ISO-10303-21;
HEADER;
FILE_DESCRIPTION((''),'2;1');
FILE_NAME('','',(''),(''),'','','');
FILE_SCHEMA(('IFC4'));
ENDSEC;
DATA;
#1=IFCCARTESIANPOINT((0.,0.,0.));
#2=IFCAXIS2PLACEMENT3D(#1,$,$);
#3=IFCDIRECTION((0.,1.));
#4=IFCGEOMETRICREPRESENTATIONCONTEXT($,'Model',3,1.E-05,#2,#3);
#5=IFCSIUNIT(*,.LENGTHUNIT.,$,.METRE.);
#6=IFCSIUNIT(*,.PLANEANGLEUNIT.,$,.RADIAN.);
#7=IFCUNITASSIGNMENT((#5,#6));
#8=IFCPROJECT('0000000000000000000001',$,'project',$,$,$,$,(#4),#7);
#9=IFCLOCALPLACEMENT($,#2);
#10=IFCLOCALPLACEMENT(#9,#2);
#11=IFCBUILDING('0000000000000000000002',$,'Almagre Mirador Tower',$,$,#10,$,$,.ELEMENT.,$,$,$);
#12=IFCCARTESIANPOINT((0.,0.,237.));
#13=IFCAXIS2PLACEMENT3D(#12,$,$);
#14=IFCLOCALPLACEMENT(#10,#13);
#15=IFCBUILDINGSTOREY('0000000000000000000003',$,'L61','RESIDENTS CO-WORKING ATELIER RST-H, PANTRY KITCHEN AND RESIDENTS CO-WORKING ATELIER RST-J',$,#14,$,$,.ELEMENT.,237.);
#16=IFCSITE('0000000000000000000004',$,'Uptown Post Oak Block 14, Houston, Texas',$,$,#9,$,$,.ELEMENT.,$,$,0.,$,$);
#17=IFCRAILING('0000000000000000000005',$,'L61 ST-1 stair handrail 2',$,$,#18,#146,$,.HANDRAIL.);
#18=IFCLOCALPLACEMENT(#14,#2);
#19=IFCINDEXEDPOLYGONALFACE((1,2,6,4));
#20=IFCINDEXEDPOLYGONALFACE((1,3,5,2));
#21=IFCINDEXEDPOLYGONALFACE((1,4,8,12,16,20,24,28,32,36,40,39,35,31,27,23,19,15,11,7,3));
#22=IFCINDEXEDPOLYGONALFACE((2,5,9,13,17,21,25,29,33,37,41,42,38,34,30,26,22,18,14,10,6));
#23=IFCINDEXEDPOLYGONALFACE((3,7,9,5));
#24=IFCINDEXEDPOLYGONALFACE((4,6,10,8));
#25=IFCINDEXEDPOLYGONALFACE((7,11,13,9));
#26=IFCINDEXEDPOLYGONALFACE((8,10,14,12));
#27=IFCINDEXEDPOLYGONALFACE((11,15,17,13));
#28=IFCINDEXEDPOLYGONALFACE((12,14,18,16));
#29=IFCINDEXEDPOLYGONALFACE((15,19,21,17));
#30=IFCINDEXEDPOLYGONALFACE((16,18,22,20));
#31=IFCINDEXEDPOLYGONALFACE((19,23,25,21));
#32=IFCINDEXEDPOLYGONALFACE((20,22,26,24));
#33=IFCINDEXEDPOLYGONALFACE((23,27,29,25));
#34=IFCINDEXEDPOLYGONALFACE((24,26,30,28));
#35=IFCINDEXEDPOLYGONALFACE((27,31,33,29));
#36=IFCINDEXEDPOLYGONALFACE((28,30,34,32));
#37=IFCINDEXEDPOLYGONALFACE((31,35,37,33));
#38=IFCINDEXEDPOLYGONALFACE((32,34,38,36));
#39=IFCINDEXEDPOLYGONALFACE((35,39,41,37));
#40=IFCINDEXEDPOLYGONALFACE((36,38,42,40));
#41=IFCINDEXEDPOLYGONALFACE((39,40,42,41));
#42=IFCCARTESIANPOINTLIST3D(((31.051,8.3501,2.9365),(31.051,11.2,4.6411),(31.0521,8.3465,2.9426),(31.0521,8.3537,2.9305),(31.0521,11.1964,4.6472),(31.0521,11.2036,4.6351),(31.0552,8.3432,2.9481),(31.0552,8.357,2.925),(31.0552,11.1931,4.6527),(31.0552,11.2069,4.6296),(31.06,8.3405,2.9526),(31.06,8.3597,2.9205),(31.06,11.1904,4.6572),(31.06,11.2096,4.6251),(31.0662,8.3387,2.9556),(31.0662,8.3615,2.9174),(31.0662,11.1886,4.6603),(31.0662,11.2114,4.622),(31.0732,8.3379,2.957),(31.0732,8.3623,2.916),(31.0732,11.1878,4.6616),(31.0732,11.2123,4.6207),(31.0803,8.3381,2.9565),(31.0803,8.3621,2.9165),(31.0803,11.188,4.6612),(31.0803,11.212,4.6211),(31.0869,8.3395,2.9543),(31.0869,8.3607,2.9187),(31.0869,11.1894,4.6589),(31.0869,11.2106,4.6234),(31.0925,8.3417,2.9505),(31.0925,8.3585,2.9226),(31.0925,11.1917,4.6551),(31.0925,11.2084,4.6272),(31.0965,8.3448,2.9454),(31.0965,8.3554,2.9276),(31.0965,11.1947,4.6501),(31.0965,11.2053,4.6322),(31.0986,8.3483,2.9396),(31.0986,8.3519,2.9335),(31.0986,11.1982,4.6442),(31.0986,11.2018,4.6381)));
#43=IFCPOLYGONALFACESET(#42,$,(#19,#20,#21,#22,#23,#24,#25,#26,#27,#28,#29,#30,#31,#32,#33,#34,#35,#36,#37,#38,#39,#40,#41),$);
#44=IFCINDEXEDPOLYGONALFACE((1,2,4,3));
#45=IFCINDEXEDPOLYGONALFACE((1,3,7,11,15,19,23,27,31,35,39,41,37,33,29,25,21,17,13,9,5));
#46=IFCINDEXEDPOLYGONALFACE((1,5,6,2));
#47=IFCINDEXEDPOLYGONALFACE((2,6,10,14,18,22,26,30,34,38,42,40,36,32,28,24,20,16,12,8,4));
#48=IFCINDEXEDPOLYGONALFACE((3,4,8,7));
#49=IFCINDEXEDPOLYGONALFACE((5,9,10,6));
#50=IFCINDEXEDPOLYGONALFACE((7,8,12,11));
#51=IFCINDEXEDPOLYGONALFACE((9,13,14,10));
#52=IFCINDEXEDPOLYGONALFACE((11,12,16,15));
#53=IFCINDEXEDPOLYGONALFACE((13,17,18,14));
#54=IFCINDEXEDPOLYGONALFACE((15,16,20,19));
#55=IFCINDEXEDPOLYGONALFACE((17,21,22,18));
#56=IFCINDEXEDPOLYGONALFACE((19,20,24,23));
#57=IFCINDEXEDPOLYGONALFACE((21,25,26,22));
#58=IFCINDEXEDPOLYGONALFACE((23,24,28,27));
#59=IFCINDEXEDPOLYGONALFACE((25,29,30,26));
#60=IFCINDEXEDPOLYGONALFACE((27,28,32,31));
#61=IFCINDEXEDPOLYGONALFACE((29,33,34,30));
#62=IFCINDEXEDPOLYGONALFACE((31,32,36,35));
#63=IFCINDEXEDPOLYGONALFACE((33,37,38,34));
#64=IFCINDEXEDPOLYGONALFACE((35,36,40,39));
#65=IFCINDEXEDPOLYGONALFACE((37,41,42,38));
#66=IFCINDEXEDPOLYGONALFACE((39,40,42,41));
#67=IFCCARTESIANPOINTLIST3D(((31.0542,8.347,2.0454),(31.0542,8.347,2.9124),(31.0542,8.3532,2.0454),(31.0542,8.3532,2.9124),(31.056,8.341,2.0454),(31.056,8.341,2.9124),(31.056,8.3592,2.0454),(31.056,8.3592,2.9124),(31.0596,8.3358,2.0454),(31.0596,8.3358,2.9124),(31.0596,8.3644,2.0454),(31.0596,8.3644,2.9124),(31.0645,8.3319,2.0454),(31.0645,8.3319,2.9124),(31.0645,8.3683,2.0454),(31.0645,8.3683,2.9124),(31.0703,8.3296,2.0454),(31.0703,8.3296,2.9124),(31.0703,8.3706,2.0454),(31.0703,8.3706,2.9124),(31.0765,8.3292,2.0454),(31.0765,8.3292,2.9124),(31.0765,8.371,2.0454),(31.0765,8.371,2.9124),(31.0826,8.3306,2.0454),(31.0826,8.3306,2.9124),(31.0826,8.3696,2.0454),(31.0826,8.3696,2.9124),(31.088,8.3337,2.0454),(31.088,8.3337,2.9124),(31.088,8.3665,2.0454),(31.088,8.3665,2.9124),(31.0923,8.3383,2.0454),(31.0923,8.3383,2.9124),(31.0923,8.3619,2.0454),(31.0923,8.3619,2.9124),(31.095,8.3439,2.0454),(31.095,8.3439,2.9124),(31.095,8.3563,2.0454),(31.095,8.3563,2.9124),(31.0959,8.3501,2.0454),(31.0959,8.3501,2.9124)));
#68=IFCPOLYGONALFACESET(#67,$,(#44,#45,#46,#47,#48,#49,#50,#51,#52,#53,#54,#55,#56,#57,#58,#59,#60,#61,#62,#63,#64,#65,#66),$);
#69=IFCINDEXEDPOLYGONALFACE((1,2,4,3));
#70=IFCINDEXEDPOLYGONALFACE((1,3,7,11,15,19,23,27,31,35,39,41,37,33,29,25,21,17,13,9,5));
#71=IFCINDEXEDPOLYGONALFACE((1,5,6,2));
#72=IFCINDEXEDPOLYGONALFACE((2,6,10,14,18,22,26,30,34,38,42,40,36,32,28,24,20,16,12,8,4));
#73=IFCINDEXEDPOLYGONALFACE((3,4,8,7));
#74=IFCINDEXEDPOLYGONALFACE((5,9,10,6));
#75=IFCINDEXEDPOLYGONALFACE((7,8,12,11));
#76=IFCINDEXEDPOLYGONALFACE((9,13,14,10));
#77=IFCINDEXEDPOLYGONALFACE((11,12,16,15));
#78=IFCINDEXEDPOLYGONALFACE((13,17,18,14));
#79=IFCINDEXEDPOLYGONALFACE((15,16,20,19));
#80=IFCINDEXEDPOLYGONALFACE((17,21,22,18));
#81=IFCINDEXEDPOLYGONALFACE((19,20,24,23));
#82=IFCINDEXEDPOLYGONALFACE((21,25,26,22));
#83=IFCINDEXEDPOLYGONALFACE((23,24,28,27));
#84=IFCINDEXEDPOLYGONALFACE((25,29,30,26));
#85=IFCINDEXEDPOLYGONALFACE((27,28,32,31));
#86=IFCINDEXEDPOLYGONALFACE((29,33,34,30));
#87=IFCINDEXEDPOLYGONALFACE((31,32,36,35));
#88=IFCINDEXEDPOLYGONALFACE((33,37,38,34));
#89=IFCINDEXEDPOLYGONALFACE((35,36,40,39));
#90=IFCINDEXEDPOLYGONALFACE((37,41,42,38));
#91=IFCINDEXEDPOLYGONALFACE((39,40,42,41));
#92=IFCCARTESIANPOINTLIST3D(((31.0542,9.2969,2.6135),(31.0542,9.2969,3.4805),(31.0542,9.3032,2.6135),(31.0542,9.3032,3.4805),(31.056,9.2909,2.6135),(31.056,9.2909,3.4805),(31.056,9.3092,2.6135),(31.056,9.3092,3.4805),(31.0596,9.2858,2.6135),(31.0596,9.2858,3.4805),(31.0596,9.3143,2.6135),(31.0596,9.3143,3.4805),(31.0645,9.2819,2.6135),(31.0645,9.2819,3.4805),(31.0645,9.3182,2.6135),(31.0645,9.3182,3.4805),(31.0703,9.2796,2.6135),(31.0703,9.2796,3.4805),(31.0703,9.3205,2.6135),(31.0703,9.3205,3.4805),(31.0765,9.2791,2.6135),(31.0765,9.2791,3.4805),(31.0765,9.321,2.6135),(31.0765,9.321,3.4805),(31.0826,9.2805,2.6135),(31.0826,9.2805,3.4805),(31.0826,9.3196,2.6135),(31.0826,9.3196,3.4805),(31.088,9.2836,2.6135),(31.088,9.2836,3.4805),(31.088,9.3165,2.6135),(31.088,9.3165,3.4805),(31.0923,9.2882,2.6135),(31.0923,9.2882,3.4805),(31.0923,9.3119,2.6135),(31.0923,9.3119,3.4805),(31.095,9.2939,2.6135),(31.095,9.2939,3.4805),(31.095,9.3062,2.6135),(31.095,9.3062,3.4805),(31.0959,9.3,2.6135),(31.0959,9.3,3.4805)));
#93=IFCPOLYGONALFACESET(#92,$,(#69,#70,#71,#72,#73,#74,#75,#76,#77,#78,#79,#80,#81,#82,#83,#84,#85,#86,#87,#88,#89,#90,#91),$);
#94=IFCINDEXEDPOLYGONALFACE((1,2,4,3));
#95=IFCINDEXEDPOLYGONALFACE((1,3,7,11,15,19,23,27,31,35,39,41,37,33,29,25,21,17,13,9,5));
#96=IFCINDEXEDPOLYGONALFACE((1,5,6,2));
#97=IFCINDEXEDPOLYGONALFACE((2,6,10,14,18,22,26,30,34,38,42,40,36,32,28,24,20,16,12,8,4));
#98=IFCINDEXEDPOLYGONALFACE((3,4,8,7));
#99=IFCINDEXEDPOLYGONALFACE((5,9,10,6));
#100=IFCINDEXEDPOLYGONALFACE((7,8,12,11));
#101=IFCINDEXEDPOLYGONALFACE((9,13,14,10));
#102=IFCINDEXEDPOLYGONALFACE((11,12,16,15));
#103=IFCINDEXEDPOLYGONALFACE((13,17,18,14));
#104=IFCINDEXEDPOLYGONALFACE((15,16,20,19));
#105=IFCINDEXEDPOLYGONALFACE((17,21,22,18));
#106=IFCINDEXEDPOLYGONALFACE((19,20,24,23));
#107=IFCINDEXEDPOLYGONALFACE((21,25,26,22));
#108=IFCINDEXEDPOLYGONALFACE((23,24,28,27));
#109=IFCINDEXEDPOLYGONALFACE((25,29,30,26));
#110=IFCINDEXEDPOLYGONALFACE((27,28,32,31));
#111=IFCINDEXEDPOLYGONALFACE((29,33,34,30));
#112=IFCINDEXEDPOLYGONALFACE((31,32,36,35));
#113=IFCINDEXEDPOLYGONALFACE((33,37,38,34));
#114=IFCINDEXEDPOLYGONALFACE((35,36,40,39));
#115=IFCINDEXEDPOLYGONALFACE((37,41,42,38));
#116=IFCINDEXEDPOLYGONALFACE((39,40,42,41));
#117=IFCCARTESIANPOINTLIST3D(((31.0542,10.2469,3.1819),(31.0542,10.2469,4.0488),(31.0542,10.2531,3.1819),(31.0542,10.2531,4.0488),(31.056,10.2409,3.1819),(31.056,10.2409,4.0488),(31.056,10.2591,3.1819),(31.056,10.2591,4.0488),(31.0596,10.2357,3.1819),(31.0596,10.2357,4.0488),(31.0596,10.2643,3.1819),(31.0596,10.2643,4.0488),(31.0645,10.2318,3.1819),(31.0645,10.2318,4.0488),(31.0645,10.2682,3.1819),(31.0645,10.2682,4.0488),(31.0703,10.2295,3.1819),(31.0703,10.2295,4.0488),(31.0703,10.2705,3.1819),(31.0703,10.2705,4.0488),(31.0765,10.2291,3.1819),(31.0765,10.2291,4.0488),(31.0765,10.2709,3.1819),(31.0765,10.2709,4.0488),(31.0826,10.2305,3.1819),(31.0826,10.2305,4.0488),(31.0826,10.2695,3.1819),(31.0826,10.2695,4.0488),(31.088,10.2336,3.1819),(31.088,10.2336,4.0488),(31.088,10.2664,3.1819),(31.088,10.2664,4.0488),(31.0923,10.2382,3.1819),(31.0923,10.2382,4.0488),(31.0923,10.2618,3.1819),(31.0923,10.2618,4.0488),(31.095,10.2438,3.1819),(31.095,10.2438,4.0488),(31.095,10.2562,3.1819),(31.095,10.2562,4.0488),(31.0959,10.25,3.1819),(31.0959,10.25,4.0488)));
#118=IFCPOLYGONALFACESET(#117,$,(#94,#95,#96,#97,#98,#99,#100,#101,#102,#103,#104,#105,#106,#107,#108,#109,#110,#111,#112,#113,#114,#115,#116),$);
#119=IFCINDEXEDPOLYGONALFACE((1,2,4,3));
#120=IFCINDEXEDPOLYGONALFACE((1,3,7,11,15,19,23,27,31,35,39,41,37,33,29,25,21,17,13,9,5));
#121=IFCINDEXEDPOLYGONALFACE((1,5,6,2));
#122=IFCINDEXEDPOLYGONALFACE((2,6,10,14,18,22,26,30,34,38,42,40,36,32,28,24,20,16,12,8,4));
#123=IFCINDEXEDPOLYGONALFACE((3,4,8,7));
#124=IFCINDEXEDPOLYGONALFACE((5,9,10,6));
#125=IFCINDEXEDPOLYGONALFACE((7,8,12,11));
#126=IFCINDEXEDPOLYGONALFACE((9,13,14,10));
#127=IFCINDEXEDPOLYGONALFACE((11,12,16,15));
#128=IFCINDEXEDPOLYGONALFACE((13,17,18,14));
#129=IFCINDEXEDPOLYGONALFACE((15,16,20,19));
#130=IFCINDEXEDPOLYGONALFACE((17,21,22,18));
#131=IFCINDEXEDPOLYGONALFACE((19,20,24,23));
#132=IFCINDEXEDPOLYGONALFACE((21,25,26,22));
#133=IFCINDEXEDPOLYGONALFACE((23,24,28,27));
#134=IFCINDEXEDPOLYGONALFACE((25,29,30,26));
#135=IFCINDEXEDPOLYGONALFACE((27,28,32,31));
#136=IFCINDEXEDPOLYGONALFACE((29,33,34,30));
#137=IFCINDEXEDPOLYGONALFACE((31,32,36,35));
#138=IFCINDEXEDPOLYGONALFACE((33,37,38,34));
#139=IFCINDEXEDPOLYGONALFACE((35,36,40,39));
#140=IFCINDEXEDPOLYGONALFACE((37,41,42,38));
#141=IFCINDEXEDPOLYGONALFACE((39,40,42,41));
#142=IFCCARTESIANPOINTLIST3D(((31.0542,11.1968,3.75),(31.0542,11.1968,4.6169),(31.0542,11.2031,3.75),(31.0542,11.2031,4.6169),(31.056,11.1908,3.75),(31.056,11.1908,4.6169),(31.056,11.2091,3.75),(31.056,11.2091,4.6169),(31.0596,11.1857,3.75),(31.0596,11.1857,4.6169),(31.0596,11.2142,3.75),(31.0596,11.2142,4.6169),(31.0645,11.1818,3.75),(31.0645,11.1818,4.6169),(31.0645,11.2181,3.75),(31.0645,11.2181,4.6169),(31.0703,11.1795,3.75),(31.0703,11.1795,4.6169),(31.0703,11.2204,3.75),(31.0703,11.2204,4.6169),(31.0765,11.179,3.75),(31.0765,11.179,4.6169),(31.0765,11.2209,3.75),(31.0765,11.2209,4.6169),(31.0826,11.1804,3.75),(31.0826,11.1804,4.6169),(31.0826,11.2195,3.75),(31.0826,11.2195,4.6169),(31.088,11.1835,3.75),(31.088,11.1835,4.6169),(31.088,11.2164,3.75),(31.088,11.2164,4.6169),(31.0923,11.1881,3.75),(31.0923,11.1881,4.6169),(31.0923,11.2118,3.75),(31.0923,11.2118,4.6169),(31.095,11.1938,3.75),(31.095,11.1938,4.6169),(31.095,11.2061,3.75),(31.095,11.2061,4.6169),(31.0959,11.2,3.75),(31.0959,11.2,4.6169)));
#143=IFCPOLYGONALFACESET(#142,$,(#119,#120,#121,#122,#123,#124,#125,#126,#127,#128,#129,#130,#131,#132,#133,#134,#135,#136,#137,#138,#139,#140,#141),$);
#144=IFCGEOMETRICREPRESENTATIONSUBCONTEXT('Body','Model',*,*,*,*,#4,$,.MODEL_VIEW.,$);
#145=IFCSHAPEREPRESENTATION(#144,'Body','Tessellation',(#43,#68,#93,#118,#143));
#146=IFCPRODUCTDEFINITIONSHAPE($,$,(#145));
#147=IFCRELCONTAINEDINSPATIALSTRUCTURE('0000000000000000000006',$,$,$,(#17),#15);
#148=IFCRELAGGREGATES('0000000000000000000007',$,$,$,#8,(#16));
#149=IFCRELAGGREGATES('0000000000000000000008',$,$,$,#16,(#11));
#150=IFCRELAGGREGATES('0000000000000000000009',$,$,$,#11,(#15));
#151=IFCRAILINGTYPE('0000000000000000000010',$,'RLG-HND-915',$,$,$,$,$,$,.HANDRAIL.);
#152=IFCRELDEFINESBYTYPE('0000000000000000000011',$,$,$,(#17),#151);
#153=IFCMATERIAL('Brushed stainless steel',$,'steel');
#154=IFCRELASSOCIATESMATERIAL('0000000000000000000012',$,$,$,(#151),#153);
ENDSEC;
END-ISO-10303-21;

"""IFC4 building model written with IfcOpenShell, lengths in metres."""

from ifc_helpers import new_model, si_unit, direction, frame, origin, origin_2d, place, context, subcontext, project, spatial, circle, extrude, material, type_object, element, save


model = new_model("IFC4")

# Units and contexts
model_context = context("Model", 3, precision=1e-05, world=origin(), true_north=direction((0.0, 1.0)))
body_context = subcontext(model_context, "Body", "Model", "MODEL_VIEW")
ifc_project = project(units=[si_unit("LENGTHUNIT", "METRE"), si_unit("PLANEANGLEUNIT", "RADIAN")], contexts=[model_context])

# Site, building, storey
site_placement = place(None, origin())
site = spatial("IfcSite", under=ifc_project, at=site_placement, Name="Uptown Post Oak Block 14, Houston, Texas", CompositionType="ELEMENT", RefElevation=0.0)
building_placement = place(site_placement, origin())
building = spatial("IfcBuilding", under=site, at=building_placement, Name="Almagre Mirador Tower", CompositionType="ELEMENT")
storey_placement = place(building_placement, frame((0.0, 0.0, 237.0)))
storey = spatial("IfcBuildingStorey", under=building, at=storey_placement, Name="L61", Description="RESIDENTS CO-WORKING ATELIER RST-H, PANTRY KITCHEN AND RESIDENTS CO-WORKING ATELIER RST-J", CompositionType="ELEMENT", Elevation=237.0)

# Railing
ifc_material_1 = material(Name="Brushed stainless steel", Category="steel")
railing_type = type_object("IfcRailingType", Name="RLG-HND-915", PredefinedType="HANDRAIL", material=ifc_material_1)
railing_placement = place(storey_placement, frame((31.075, 8.3501, 2.0454)))
element("IfcRailing", 1, at=railing_placement, inside=storey, type_object=railing_type, Name="L61 ST-1 stair handrail 2", PredefinedType="HANDRAIL", context=body_context, shape_type="SweptSolid", body=[
    extrude(circle(Radius=0.0239, at=origin_2d()), frame((0.0, 0.0, 0.8911), z_axis=(0.0, 0.858199, 0.513317), x_axis=(-1.0, 0.0, 0.0)), (0.0, 0.0, 1.0), 3.3208),
    extrude(circle(Radius=0.021, at=origin_2d()), origin(), (0.0, 0.0, 1.0), 0.8669),
    extrude(circle(Radius=0.021, at=origin_2d()), frame((0.0, 0.95, 0.5681)), (0.0, 0.0, 1.0), 0.8669),
    extrude(circle(Radius=0.021, at=origin_2d()), frame((0.0, 1.8999, 1.1365)), (0.0, 0.0, 1.0), 0.8669),
    extrude(circle(Radius=0.021, at=origin_2d()), frame((0.0, 2.8499, 1.7046)), (0.0, 0.0, 1.0), 0.8669),
])

save(model, "model.ifc")
